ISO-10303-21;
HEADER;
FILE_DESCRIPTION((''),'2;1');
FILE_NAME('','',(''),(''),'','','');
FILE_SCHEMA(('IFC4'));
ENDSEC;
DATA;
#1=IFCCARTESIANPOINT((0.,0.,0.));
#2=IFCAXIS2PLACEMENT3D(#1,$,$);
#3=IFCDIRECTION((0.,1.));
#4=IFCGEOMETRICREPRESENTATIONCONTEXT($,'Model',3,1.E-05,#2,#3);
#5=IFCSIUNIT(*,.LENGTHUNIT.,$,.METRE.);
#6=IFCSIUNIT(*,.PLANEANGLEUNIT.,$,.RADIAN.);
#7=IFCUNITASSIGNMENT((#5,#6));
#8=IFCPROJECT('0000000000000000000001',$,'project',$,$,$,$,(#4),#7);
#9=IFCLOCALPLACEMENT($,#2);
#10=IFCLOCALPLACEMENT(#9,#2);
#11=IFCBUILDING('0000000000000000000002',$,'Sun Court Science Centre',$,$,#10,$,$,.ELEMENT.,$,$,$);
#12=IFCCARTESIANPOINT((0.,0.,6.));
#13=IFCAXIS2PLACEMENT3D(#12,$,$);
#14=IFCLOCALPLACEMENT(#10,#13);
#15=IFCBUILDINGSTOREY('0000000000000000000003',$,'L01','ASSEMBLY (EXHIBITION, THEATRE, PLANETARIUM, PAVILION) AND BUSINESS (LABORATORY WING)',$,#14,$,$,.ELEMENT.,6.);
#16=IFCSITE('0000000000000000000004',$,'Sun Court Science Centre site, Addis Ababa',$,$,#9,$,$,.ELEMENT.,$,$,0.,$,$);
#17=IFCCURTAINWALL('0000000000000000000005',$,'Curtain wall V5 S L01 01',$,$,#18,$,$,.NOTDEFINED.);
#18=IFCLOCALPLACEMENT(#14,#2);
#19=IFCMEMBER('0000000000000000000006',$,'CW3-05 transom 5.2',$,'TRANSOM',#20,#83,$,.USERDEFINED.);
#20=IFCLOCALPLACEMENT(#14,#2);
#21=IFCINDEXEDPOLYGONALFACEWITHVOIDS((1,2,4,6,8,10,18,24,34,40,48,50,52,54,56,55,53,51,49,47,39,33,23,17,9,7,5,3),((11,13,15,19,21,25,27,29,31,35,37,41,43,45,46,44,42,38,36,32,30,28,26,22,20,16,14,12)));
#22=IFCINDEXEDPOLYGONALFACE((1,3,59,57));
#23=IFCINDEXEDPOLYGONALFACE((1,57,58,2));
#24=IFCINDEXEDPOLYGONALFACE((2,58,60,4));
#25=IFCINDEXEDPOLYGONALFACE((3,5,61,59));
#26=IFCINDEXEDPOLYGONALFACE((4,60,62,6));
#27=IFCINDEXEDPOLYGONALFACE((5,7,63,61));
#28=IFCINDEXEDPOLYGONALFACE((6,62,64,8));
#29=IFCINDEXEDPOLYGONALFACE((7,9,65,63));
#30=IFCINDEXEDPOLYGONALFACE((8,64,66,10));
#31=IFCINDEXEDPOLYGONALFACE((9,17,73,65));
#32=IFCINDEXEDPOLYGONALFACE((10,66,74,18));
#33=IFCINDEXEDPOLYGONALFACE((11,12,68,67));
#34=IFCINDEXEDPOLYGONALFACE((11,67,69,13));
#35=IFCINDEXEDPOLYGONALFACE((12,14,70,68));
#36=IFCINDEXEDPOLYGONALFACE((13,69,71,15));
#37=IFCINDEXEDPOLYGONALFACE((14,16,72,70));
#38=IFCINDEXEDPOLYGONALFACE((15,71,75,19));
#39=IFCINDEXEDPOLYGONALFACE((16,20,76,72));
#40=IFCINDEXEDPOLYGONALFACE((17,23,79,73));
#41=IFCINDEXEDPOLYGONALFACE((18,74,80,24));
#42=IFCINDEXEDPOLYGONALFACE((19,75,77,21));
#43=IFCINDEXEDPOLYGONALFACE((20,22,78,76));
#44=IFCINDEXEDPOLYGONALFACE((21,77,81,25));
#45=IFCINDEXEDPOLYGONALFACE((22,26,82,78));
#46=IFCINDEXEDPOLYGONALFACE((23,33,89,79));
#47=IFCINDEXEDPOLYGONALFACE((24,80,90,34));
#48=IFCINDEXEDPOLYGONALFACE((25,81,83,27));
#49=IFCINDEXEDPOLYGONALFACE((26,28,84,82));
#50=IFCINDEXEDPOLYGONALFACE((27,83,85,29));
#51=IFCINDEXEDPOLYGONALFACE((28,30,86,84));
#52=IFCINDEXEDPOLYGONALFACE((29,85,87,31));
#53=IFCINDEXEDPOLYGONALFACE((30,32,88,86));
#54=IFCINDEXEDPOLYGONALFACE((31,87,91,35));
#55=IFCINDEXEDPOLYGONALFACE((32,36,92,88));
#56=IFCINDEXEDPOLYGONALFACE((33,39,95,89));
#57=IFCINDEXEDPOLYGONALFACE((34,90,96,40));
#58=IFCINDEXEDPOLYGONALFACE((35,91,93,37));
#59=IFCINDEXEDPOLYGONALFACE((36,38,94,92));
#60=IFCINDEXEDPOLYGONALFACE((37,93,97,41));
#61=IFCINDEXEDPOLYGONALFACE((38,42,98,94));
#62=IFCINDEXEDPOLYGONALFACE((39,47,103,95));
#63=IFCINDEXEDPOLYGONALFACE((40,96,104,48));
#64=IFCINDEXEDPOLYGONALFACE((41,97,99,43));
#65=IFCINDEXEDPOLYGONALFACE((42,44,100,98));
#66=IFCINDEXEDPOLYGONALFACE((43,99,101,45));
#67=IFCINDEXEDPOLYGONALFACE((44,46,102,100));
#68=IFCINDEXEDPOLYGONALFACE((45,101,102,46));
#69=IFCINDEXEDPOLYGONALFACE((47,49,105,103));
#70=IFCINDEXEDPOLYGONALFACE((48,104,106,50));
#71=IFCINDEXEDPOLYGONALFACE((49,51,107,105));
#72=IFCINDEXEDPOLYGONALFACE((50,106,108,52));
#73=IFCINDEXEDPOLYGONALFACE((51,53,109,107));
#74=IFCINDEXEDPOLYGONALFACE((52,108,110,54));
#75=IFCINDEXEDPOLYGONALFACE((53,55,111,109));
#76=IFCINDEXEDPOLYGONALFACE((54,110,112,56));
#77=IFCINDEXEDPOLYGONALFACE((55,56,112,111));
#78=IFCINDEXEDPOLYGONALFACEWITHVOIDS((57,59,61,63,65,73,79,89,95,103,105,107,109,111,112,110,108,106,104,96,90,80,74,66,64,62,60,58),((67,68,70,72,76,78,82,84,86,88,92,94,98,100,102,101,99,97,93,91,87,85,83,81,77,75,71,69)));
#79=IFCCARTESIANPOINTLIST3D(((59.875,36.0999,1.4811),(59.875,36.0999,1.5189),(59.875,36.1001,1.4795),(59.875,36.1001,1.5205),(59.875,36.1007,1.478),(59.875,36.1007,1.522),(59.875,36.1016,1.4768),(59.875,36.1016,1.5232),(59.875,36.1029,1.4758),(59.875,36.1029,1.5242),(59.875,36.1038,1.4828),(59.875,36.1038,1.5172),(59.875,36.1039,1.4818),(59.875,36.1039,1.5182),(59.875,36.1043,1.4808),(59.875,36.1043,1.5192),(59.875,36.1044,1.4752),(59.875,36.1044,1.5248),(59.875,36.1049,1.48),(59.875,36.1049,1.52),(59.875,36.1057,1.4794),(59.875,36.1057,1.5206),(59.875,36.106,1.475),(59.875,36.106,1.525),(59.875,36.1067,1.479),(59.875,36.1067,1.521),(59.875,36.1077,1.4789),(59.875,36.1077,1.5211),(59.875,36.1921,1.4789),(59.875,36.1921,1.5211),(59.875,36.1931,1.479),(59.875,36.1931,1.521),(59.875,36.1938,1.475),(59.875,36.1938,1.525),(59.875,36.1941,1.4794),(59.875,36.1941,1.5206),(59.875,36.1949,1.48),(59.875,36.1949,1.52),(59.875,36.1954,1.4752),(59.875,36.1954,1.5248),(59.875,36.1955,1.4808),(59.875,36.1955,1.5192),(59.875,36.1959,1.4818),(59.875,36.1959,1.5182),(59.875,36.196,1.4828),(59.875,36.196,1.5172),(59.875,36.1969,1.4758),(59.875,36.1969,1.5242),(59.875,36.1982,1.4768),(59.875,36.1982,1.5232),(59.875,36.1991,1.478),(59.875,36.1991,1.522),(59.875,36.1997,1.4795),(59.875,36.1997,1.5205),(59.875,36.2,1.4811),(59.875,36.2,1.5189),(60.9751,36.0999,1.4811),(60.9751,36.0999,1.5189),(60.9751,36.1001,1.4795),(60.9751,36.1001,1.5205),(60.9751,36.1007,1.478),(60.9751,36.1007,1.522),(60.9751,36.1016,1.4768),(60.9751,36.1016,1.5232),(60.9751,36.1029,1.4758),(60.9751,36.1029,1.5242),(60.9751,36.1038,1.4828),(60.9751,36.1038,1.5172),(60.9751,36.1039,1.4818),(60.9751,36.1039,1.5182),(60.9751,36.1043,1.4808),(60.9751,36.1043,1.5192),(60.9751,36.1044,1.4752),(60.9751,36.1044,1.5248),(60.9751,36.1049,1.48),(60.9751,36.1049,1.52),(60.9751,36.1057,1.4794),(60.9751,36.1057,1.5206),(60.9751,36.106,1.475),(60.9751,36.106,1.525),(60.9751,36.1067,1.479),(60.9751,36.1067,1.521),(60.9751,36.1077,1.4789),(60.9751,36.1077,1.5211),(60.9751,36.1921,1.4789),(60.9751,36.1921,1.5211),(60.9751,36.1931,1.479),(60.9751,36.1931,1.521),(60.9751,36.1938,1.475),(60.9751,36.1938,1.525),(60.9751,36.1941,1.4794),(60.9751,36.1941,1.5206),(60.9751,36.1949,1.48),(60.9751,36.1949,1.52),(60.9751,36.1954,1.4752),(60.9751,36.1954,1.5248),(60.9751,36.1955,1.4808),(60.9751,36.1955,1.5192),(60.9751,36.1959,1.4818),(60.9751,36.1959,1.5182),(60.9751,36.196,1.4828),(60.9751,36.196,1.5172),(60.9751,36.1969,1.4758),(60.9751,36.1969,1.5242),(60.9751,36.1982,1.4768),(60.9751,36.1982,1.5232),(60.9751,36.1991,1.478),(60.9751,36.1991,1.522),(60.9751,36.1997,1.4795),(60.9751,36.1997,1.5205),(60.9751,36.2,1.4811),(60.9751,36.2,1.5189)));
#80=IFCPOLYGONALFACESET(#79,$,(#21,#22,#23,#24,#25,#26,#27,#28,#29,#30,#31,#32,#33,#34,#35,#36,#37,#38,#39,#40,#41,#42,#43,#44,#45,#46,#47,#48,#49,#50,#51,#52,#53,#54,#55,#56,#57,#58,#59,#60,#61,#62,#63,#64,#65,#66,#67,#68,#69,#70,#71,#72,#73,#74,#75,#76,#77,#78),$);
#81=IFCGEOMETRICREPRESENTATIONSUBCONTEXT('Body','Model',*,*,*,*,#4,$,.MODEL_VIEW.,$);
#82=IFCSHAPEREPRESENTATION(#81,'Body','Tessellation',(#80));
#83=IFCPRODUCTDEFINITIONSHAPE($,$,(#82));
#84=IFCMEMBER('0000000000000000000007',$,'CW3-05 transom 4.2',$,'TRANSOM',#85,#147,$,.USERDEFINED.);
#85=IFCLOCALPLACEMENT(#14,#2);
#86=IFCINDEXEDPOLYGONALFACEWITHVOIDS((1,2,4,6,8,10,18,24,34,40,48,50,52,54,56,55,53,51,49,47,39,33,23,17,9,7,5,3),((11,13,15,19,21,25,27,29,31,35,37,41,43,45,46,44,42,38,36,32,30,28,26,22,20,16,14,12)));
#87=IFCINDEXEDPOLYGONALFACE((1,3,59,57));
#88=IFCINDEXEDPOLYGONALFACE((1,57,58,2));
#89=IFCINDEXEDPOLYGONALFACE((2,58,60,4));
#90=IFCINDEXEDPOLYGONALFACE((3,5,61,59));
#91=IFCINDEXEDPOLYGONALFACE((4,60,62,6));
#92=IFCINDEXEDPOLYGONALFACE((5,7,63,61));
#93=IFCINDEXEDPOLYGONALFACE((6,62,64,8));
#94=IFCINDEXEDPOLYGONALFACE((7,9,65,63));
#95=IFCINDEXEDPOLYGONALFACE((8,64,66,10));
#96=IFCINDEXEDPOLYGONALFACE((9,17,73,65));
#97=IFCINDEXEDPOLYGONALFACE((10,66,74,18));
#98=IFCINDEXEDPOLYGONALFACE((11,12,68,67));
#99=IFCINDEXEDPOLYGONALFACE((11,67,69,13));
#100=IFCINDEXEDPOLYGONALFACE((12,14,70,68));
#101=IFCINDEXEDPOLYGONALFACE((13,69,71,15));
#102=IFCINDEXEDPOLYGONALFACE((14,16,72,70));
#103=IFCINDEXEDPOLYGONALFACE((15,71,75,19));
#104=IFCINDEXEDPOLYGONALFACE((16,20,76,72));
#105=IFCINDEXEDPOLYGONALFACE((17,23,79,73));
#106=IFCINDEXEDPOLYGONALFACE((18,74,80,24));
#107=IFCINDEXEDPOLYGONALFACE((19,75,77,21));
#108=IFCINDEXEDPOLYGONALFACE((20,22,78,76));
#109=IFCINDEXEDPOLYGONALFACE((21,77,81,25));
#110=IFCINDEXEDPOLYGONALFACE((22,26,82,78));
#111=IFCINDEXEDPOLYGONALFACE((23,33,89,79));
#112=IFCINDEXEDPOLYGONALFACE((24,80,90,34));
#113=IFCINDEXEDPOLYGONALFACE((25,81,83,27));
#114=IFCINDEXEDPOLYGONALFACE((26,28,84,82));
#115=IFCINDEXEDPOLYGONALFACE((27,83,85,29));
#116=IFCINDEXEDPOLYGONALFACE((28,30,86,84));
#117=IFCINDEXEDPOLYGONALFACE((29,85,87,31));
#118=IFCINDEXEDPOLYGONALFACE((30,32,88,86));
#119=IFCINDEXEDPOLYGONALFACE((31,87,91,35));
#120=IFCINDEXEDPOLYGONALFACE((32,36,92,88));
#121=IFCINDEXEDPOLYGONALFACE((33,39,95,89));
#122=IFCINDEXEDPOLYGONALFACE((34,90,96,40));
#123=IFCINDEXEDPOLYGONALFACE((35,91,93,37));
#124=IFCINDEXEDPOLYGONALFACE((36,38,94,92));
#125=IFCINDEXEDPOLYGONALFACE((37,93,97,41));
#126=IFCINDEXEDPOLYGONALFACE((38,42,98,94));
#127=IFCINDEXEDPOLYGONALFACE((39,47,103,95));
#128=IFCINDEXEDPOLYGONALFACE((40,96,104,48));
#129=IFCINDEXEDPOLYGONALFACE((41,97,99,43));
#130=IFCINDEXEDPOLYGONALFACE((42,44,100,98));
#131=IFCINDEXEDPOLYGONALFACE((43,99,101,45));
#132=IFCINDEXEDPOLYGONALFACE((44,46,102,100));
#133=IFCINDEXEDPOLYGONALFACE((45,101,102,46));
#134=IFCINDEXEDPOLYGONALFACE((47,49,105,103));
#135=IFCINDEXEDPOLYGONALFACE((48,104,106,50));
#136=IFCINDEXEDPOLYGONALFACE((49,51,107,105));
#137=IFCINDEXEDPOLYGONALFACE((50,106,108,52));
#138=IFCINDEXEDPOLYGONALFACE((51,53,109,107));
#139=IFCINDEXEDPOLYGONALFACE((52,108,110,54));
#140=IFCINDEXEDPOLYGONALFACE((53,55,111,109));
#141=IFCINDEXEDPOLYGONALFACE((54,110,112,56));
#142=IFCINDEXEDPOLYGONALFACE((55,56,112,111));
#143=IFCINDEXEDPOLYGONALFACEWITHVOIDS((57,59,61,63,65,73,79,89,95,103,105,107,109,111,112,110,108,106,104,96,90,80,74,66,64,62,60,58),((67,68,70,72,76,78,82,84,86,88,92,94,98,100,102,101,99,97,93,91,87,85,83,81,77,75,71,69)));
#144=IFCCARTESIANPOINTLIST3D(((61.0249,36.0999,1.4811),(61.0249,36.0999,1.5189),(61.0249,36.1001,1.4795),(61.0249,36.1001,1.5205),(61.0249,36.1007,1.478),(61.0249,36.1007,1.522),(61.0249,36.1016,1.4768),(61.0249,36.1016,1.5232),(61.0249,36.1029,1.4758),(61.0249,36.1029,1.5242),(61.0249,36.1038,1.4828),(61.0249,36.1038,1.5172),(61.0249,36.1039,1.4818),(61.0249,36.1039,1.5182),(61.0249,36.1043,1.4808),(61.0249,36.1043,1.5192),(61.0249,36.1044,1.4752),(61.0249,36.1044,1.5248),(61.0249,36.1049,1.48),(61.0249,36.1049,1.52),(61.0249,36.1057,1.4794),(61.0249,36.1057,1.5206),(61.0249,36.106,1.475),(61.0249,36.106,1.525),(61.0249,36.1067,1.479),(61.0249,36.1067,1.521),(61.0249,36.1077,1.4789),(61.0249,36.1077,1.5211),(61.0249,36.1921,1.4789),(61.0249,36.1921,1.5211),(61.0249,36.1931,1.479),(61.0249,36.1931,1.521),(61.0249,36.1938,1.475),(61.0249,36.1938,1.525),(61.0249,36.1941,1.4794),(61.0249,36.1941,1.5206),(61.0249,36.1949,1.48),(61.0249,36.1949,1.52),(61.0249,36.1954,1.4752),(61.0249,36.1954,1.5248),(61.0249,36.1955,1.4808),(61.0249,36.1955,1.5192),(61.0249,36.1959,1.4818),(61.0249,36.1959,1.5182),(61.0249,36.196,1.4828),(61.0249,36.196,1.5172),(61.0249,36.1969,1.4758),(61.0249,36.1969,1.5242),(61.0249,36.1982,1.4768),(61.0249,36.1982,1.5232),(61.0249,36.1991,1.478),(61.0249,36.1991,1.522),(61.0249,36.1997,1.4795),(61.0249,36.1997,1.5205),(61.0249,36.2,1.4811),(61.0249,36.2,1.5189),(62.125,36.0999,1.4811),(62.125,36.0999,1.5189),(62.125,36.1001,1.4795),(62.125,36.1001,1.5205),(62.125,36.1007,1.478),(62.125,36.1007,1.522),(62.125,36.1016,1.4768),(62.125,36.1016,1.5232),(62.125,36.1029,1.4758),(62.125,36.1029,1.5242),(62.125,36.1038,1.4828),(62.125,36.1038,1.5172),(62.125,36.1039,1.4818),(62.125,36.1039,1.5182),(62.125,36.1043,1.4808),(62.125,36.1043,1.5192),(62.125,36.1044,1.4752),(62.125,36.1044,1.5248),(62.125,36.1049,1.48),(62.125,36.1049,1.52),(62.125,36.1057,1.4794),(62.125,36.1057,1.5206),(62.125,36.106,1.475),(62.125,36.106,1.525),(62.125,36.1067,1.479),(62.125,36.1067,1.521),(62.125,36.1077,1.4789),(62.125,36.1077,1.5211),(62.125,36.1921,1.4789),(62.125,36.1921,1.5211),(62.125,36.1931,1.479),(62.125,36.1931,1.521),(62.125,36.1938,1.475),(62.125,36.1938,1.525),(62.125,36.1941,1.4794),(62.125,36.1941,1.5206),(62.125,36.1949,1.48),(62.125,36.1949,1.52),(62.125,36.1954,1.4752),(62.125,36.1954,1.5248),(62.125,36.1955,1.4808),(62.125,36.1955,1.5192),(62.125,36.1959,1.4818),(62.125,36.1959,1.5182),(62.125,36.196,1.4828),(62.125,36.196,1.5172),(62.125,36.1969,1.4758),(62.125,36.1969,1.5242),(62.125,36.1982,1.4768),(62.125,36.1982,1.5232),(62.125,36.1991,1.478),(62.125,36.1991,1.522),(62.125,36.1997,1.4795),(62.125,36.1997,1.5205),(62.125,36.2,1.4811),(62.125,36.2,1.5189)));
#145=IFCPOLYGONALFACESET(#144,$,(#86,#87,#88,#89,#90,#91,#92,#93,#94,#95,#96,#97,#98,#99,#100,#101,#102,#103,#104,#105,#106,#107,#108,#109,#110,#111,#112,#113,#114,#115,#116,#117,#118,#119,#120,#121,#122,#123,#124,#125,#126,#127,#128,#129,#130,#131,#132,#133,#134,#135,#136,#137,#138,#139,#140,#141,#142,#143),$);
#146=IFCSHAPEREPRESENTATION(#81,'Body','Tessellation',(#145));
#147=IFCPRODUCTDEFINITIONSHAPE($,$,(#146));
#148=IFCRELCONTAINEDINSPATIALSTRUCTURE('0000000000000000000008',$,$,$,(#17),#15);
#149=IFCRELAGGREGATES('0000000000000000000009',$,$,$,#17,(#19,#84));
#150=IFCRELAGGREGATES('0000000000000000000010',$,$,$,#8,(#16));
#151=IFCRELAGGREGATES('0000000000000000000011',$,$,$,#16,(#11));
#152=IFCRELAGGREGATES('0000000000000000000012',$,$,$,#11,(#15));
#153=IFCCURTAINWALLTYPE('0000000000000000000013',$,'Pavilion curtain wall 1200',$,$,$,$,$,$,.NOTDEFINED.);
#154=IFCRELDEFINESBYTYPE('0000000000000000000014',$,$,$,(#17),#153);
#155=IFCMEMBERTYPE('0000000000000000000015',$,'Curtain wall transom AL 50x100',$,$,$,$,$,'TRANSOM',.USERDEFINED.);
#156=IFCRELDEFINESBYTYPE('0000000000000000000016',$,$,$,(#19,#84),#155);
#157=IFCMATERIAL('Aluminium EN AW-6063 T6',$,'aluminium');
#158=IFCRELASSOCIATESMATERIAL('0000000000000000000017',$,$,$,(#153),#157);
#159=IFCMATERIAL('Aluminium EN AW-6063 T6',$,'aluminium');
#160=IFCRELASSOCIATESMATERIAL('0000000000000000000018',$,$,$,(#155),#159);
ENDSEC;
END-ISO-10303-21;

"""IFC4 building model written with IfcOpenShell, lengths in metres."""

from ifc_helpers import new_model, si_unit, direction, frame, origin, origin_2d, place, context, subcontext, project, spatial, hollow_rectangle, extrude, material, material_profile, profile_set, type_object, element, aggregate, save


model = new_model("IFC4")

# Units and contexts
model_context = context("Model", 3, precision=1e-05, world=origin(), true_north=direction((0.0, 1.0)))
body_context = subcontext(model_context, "Body", "Model", "MODEL_VIEW")
ifc_project = project(units=[si_unit("LENGTHUNIT", "METRE"), si_unit("PLANEANGLEUNIT", "RADIAN")], contexts=[model_context])

# Site, building, storey
site_placement = place(None, origin())
site = spatial("IfcSite", under=ifc_project, at=site_placement, Name="Sun Court Science Centre site, Addis Ababa", CompositionType="ELEMENT", RefElevation=0.0)
building_placement = place(site_placement, origin())
building = spatial("IfcBuilding", under=site, at=building_placement, Name="Sun Court Science Centre", CompositionType="ELEMENT")
storey_placement = place(building_placement, frame((0.0, 0.0, 6.0)))
storey = spatial("IfcBuildingStorey", under=building, at=storey_placement, Name="L01", Description="ASSEMBLY (EXHIBITION, THEATRE, PLANETARIUM, PAVILION) AND BUSINESS (LABORATORY WING)", CompositionType="ELEMENT", Elevation=6.0)

# Curtain wall
ifc_material_1 = material(Name="Aluminium EN AW-6063 T6", Category="aluminium")
curtain_wall_type = type_object("IfcCurtainWallType", Name="Pavilion curtain wall 1200", PredefinedType="NOTDEFINED", material=ifc_material_1)
curtain_wall_1_placement = place(storey_placement, origin())
curtain_wall_1 = element("IfcCurtainWall", 1, at=curtain_wall_1_placement, inside=storey, type_object=curtain_wall_type, Name="Curtain wall V5 S L01 01", PredefinedType="NOTDEFINED")

# Members
ifc_material_2 = material(Name="Aluminium EN AW-6063 T6", Category="aluminium")
ifc_material_profile_1 = material_profile(ifc_material_2, hollow_rectangle(XDim=0.05, YDim=0.1001, WallThickness=0.0039, InnerFilletRadius=0.0039, OuterFilletRadius=0.0061, at=origin_2d()), Name="AL 50x100x4")
ifc_profile_set_1 = profile_set([ifc_material_profile_1], Name="Aluminium EN AW-6063 T6")
member_type_1 = type_object("IfcMemberType", Name="Curtain wall transom AL 50x100", ElementType="TRANSOM", PredefinedType="USERDEFINED", material=ifc_profile_set_1)
member_1_placement = place(storey_placement, frame((60.9751, 36.1499, 1.5), z_axis=(-1.0, 0.0, 0.0), x_axis=(0.0, 0.0, 1.0)))
member_1 = element("IfcMember", 2, at=member_1_placement, type_object=member_type_1, Name="CW3-05 transom 5.2", ObjectType="TRANSOM", PredefinedType="USERDEFINED", context=body_context, shape_type="SweptSolid", body=[
    extrude(hollow_rectangle(XDim=0.05, YDim=0.1001, WallThickness=0.0039, InnerFilletRadius=0.0039, OuterFilletRadius=0.0061, at=origin_2d()), origin(), (0.0, 0.0, 1.0), 1.1001),
])
member_2_placement = place(storey_placement, frame((62.125, 36.1499, 1.5), z_axis=(-1.0, 0.0, 0.0), x_axis=(0.0, 0.0, 1.0)))
member_2 = element("IfcMember", 3, at=member_2_placement, type_object=member_type_1, Name="CW3-05 transom 4.2", ObjectType="TRANSOM", PredefinedType="USERDEFINED", context=body_context, shape_type="SweptSolid", body=[
    extrude(hollow_rectangle(XDim=0.05, YDim=0.1001, WallThickness=0.0039, InnerFilletRadius=0.0039, OuterFilletRadius=0.0061, at=origin_2d()), origin(), (0.0, 0.0, 1.0), 1.1001),
])

aggregate(curtain_wall_1, [member_1, member_2])

save(model, "model.ifc")
